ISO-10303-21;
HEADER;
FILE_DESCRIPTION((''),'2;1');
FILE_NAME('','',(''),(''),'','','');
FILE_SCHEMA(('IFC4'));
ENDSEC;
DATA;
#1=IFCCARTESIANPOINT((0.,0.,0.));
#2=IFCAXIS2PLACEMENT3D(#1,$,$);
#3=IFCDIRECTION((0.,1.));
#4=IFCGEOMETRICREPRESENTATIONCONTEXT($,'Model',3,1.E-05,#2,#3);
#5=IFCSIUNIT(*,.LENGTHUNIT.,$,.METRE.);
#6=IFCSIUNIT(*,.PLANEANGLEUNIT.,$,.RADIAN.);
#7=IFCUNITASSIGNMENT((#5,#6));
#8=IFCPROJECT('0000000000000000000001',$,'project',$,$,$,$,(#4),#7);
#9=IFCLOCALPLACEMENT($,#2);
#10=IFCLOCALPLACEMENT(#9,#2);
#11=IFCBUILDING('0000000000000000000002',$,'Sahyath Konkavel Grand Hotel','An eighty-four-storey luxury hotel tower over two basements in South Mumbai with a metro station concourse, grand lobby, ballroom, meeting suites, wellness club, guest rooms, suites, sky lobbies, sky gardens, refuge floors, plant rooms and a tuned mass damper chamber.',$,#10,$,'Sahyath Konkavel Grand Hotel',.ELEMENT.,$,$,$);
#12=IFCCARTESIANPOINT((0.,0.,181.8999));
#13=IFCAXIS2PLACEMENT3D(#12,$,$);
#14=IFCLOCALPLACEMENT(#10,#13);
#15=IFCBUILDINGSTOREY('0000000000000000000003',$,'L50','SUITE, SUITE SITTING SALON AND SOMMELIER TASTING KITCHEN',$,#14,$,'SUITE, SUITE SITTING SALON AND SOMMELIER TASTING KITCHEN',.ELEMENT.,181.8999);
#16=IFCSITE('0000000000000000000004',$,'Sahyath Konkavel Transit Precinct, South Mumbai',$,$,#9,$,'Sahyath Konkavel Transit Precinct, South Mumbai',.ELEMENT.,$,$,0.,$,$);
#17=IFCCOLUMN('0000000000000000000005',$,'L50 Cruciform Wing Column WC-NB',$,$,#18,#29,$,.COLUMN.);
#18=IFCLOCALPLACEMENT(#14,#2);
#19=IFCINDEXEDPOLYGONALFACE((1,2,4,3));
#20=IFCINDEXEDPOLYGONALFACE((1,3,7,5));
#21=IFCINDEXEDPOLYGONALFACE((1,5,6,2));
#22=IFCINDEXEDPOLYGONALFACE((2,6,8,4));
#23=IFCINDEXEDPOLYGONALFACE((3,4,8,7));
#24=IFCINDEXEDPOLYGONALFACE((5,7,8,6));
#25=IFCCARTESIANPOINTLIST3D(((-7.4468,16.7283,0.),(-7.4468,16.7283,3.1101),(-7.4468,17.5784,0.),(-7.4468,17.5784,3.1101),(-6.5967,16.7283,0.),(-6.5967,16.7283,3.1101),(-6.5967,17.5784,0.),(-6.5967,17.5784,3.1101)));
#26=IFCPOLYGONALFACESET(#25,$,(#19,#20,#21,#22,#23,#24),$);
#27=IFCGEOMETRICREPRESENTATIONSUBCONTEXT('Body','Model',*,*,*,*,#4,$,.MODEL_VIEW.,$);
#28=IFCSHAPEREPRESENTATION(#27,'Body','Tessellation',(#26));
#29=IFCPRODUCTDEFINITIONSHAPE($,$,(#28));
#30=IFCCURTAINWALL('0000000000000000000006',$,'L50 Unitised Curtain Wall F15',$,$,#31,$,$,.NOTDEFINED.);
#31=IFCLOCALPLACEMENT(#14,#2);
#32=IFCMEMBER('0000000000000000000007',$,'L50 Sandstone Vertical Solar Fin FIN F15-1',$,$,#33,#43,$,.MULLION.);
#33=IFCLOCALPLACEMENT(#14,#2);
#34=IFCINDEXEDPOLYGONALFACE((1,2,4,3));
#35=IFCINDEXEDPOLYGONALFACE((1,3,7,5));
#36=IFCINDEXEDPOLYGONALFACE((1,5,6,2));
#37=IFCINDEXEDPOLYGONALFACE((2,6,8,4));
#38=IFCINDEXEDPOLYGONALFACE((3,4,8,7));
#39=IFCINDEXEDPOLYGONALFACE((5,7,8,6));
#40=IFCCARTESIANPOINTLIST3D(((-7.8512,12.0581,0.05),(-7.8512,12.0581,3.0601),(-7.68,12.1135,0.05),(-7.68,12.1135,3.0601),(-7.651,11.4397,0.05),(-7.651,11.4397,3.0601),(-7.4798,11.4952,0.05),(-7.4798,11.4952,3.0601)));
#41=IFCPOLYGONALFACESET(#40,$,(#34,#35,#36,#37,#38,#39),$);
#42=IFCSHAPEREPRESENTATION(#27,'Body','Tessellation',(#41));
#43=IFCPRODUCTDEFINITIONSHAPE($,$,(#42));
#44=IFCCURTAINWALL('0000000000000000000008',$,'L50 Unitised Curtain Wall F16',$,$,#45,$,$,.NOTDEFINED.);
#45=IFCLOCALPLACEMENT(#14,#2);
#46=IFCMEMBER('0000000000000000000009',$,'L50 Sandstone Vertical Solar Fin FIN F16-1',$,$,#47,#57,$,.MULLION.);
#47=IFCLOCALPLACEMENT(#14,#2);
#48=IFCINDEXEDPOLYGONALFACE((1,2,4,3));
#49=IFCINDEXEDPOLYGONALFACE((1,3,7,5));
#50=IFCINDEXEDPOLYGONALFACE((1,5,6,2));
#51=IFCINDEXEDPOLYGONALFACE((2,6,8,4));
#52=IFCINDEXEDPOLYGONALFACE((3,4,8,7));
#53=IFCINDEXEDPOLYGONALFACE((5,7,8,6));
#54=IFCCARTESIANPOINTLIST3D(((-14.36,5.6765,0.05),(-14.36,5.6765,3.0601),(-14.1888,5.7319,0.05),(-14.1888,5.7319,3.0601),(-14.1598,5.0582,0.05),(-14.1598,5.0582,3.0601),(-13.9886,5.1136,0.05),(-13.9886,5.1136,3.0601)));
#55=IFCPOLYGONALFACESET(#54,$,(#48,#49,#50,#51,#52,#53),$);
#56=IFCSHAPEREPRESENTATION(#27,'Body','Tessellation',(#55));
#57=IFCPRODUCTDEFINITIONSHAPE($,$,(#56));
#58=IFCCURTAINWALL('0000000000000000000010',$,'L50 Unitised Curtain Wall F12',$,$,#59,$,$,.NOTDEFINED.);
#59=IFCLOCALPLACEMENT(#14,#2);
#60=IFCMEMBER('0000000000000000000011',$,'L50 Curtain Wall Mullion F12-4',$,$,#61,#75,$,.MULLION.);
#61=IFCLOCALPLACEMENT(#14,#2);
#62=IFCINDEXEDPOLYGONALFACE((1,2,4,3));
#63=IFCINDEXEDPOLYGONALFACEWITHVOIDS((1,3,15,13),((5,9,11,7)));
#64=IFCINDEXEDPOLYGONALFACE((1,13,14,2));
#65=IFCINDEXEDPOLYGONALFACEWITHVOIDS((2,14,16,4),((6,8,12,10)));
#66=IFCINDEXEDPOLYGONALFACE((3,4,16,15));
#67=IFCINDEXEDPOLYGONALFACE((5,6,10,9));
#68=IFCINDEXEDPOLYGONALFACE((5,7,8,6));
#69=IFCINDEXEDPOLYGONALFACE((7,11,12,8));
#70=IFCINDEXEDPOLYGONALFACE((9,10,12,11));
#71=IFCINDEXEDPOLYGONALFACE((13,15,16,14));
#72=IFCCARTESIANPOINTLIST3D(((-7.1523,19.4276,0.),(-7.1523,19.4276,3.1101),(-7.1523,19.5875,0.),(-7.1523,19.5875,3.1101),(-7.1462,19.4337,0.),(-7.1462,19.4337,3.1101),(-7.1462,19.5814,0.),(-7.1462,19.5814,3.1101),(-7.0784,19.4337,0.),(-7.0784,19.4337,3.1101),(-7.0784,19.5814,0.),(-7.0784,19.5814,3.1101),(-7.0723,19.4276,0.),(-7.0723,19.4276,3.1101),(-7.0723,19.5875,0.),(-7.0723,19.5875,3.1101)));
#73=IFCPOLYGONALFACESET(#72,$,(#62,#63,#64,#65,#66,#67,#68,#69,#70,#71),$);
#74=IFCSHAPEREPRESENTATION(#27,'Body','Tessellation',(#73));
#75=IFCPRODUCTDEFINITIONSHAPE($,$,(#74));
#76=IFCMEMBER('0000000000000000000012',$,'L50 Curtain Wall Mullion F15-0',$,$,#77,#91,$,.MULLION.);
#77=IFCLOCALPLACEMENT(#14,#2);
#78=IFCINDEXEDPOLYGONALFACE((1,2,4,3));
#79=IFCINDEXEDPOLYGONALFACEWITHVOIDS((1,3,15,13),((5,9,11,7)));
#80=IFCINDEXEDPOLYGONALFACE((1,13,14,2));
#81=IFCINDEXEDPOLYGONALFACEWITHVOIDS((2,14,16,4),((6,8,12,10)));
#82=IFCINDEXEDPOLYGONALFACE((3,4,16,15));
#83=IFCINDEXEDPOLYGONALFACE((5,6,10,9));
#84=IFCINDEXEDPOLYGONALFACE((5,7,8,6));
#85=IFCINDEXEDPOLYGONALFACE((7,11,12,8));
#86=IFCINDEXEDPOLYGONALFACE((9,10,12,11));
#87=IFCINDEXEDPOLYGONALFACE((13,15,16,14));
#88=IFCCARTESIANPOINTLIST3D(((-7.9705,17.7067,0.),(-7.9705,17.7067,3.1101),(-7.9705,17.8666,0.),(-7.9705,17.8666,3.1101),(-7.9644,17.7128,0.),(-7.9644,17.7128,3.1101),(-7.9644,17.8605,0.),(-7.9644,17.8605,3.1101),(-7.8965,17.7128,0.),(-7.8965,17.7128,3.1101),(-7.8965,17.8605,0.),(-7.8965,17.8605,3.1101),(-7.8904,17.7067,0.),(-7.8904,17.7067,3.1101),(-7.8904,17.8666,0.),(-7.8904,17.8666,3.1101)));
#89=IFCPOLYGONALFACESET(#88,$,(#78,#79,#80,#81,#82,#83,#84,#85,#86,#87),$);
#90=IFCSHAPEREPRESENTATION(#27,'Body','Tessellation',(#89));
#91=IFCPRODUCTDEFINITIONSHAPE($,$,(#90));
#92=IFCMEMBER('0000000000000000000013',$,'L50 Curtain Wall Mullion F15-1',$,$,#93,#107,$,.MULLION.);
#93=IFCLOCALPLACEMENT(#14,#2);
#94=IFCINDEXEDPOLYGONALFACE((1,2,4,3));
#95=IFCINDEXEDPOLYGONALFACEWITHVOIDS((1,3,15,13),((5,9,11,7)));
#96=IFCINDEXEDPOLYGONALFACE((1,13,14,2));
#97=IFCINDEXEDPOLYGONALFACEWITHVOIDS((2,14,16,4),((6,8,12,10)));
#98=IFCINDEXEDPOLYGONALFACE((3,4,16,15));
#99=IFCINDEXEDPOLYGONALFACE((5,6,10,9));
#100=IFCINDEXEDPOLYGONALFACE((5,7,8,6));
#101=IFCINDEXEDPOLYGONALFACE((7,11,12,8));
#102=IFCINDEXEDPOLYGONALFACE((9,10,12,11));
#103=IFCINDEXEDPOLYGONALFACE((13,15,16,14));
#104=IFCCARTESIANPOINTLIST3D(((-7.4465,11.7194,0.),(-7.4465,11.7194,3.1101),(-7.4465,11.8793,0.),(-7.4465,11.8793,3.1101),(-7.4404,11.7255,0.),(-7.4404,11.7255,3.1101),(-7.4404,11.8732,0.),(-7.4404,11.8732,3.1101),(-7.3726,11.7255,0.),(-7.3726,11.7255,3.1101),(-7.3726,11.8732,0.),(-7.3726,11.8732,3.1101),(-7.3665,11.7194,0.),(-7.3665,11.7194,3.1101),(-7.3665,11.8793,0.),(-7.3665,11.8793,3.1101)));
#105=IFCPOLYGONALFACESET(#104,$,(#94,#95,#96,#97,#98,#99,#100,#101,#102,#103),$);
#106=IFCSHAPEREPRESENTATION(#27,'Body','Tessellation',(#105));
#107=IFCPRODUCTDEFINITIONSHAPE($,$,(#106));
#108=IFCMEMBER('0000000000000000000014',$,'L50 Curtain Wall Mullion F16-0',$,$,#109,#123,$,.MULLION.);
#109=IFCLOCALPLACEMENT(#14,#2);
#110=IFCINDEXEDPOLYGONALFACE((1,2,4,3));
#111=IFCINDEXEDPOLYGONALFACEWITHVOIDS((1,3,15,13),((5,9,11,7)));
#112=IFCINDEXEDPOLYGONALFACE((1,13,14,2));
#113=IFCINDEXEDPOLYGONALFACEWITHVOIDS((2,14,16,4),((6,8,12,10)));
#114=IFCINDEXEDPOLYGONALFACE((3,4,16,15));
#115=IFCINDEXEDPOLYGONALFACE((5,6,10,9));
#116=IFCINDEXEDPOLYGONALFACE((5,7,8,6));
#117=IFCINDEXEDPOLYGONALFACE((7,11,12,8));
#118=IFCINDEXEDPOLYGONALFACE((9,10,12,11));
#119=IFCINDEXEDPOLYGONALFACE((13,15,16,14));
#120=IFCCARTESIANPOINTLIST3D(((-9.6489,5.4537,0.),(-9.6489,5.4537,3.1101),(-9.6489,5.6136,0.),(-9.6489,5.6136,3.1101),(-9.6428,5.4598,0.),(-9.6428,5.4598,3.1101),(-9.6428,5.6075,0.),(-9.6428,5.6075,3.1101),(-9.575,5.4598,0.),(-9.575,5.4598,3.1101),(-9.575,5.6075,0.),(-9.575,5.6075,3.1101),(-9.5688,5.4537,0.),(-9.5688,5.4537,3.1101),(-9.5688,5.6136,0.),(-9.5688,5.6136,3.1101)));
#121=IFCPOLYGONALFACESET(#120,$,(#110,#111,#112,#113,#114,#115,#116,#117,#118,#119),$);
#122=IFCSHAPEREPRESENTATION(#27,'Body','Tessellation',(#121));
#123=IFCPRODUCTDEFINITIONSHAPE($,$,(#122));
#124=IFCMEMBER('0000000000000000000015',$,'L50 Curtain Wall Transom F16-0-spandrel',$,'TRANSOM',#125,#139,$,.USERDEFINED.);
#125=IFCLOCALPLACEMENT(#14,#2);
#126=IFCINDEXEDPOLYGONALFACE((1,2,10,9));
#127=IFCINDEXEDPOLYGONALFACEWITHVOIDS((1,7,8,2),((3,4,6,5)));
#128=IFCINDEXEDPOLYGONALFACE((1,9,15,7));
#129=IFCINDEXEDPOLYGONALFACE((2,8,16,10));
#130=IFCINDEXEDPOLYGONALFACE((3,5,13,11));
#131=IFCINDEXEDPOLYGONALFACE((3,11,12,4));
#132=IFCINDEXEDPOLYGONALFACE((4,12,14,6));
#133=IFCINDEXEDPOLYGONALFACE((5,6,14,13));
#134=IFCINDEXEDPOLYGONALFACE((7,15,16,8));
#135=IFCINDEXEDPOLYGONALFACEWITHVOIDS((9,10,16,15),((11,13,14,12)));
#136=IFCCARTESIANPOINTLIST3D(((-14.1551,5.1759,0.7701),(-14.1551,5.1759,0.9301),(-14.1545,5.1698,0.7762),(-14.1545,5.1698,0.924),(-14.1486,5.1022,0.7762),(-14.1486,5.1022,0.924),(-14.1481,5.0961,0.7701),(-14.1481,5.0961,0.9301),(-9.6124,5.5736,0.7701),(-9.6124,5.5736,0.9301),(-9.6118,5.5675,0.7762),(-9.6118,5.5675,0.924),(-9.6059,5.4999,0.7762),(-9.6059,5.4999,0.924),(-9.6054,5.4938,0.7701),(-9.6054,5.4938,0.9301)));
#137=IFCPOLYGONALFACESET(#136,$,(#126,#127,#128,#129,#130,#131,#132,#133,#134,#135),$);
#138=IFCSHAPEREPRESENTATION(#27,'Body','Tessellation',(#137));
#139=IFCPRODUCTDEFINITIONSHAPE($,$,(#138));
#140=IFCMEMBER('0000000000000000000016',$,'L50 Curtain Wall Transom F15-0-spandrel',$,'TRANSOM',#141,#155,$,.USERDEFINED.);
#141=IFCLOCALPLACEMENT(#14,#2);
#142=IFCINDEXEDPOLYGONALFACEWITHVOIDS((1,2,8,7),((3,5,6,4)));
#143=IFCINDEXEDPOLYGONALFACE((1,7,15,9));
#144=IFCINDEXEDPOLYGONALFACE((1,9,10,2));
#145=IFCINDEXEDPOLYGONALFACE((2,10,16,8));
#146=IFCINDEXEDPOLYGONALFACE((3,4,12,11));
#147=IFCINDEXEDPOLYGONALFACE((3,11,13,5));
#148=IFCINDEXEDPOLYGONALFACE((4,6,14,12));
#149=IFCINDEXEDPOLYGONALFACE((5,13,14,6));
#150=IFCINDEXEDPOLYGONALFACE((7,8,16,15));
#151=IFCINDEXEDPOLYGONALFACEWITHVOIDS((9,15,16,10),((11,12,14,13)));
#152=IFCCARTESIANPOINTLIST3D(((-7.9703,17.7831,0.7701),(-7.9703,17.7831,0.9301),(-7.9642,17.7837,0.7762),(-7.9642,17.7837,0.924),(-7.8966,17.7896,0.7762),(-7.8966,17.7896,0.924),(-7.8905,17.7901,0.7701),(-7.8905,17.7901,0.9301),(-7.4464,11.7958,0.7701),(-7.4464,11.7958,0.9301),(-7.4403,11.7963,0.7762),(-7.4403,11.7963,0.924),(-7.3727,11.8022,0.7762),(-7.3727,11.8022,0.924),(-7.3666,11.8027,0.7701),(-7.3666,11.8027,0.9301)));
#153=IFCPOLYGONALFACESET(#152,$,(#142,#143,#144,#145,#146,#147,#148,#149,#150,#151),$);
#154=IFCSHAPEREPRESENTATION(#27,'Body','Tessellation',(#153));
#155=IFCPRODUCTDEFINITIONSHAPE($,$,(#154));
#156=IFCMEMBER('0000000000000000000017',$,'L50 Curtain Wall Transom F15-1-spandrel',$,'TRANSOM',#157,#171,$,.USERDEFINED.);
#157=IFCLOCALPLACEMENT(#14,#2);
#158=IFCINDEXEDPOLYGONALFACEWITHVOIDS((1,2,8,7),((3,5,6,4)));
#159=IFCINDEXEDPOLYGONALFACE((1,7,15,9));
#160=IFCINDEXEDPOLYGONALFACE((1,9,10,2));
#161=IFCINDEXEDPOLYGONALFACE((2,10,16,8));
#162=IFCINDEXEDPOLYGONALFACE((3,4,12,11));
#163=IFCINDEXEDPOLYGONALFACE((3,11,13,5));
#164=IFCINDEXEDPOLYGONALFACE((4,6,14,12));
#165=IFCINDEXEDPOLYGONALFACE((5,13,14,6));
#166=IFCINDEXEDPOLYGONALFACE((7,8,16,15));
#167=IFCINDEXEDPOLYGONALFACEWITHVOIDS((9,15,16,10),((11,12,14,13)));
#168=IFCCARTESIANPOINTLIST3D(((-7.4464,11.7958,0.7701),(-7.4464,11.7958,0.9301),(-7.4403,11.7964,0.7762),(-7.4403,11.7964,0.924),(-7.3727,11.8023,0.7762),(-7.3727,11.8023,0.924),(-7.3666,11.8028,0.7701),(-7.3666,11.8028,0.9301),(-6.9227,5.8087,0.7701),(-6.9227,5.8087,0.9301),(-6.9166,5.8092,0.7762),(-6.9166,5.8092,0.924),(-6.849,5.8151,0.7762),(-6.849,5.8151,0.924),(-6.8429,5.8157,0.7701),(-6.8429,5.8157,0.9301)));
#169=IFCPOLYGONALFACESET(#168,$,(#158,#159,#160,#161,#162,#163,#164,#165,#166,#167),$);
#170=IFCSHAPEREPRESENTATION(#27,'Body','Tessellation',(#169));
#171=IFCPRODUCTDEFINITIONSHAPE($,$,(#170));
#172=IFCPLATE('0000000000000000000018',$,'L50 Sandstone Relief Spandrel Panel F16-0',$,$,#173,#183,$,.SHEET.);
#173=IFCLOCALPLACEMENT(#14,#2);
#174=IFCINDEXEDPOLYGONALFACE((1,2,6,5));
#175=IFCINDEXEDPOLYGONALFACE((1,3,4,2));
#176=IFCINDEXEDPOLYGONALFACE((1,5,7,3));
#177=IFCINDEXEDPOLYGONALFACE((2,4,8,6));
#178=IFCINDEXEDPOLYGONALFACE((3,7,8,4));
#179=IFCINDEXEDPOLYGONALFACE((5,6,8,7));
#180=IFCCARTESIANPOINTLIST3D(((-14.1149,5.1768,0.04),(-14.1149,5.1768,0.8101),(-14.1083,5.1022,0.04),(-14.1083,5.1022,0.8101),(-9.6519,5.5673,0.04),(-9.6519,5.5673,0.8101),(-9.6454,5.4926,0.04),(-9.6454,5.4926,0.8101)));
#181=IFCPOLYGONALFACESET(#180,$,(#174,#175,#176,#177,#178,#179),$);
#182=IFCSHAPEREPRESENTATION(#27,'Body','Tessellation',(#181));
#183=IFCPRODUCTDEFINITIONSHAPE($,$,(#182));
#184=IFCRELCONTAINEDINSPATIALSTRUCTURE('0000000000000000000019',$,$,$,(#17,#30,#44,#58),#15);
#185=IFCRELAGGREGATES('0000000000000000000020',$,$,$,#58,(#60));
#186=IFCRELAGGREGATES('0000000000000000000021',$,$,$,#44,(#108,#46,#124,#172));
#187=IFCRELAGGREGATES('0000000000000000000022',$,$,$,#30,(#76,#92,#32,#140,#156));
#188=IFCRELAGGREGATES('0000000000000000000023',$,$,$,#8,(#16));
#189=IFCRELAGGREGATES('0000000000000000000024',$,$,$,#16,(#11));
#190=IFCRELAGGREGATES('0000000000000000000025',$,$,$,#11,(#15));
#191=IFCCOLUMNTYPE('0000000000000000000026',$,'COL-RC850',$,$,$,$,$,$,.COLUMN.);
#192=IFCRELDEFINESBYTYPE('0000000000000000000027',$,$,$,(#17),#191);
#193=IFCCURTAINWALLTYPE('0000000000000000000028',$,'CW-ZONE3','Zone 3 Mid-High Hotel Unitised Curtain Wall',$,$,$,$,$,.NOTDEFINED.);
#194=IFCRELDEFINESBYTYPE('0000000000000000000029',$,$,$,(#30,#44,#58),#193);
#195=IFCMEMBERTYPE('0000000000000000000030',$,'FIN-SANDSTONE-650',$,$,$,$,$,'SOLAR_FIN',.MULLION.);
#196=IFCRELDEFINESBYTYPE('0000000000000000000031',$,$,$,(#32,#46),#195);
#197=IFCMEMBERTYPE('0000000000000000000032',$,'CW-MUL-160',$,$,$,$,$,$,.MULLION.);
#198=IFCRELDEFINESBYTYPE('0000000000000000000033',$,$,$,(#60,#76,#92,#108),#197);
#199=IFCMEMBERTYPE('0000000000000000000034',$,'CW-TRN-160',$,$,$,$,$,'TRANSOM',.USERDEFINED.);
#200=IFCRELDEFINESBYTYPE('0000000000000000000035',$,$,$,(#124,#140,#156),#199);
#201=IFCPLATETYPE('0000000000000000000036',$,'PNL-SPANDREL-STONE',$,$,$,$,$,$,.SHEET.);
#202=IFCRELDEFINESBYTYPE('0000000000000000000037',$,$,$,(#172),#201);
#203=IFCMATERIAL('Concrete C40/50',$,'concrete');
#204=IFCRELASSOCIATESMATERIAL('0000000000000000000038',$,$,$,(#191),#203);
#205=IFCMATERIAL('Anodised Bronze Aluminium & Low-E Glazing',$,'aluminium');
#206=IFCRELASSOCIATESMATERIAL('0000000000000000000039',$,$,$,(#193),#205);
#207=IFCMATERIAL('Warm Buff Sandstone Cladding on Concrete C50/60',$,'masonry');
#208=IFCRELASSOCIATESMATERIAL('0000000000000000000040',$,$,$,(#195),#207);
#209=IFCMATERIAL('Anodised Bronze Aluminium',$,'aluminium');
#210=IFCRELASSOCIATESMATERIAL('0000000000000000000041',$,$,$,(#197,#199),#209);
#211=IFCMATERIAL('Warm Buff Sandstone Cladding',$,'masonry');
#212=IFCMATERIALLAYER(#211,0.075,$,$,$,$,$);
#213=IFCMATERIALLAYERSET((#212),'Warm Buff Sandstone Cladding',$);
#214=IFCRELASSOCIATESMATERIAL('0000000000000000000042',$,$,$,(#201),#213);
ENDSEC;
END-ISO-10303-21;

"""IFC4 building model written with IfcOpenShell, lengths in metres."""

from ifc_helpers import new_model, si_unit, direction, frame, origin, origin_2d, place, context, subcontext, project, spatial, rectangle, hollow_rectangle, extrude, source, transform, mapped, material, layer, layer_set, material_profile, profile_set, type_object, element, aggregate, save


model = new_model("IFC4")

# Units and contexts
model_context = context("Model", 3, precision=1e-05, world=origin(), true_north=direction((0.0, 1.0)))
body_context = subcontext(model_context, "Body", "Model", "MODEL_VIEW")
ifc_project = project(units=[si_unit("LENGTHUNIT", "METRE"), si_unit("PLANEANGLEUNIT", "RADIAN")], contexts=[model_context])

# Site, building, storey
site_placement = place(None, origin())
site = spatial("IfcSite", under=ifc_project, at=site_placement, Name="Sahyath Konkavel Transit Precinct, South Mumbai", LongName="Sahyath Konkavel Transit Precinct, South Mumbai", CompositionType="ELEMENT", RefElevation=0.0)
building_placement = place(site_placement, origin())
building = spatial("IfcBuilding", under=site, at=building_placement, Name="Sahyath Konkavel Grand Hotel", Description="An eighty-four-storey luxury hotel tower over two basements in South Mumbai with a metro station concourse, grand lobby, ballroom, meeting suites, wellness club, guest rooms, suites, sky lobbies, sky gardens, refuge floors, plant rooms and a tuned mass damper chamber.", LongName="Sahyath Konkavel Grand Hotel", CompositionType="ELEMENT")
storey_placement = place(building_placement, frame((0.0, 0.0, 181.8999)))
storey = spatial("IfcBuildingStorey", under=building, at=storey_placement, Name="L50", Description="SUITE, SUITE SITTING SALON AND SOMMELIER TASTING KITCHEN", LongName="SUITE, SUITE SITTING SALON AND SOMMELIER TASTING KITCHEN", CompositionType="ELEMENT", Elevation=181.8999)

# Column
ifc_material_1 = material(Name="Concrete C40/50", Category="concrete")
ifc_material_profile_1 = material_profile(ifc_material_1, rectangle(XDim=0.8501, YDim=0.8501, at=origin_2d()), Name="RC 850x850")
ifc_profile_set_1 = profile_set([ifc_material_profile_1], Name="Concrete C40/50")
column_type = type_object("IfcColumnType", Name="COL-RC850", PredefinedType="COLUMN", material=ifc_profile_set_1)
shared_shape_1 = source(origin(), body_context, "Body", "SweptSolid", [
    extrude(rectangle(XDim=0.8501, YDim=0.8501, at=origin_2d()), origin(), (0.0, 0.0, 1.0), 3.1101),
])
column_placement = place(storey_placement, frame((-7.0217, 17.1533, 0.0), z_axis=(0.0, 0.0, 1.0), x_axis=(1.0, 0.0, 0.0)))
element("IfcColumn", 1, at=column_placement, inside=storey, type_object=column_type, Name="L50 Cruciform Wing Column WC-NB", PredefinedType="COLUMN", context=body_context, shape_type="MappedRepresentation", body=[
    mapped(shared_shape_1, transform((0.0, 0.0, 0.0), scale=1.0)),
])

# Curtain walls, members
ifc_material_2 = material(Name="Anodised Bronze Aluminium & Low-E Glazing", Category="aluminium")
curtain_wall_type = type_object("IfcCurtainWallType", Name="CW-ZONE3", Description="Zone 3 Mid-High Hotel Unitised Curtain Wall", PredefinedType="NOTDEFINED", material=ifc_material_2)
curtain_wall_1_placement = place(storey_placement, origin())
curtain_wall_1 = element("IfcCurtainWall", 2, at=curtain_wall_1_placement, inside=storey, type_object=curtain_wall_type, Name="L50 Unitised Curtain Wall F15", PredefinedType="NOTDEFINED")
ifc_material_3 = material(Name="Warm Buff Sandstone Cladding on Concrete C50/60", Category="masonry")
ifc_material_profile_2 = material_profile(ifc_material_3, rectangle(XDim=0.1799, YDim=0.6499, at=origin_2d()), Name="FIN 180x650")
ifc_profile_set_2 = profile_set([ifc_material_profile_2], Name="Warm Buff Sandstone Cladding on Concrete C50/60")
member_type_1 = type_object("IfcMemberType", Name="FIN-SANDSTONE-650", ElementType="SOLAR_FIN", PredefinedType="MULLION", material=ifc_profile_set_2)
shared_shape_2 = source(origin(), body_context, "Body", "SweptSolid", [
    extrude(rectangle(XDim=0.1799, YDim=0.6499, at=origin_2d()), origin(), (0.0, 0.0, 1.0), 3.01),
])
member_1_placement = place(storey_placement, frame((-7.6655, 11.7766, 0.05), z_axis=(0.0, 0.0, 1.0), x_axis=(0.95138, 0.308021, 0.0)))
member_1 = element("IfcMember", 3, at=member_1_placement, type_object=member_type_1, Name="L50 Sandstone Vertical Solar Fin FIN F15-1", PredefinedType="MULLION", context=body_context, shape_type="MappedRepresentation", body=[
    mapped(shared_shape_2, transform((0.0, 0.0, 0.0), scale=1.0)),
])
curtain_wall_2_placement = place(storey_placement, origin())
curtain_wall_2 = element("IfcCurtainWall", 4, at=curtain_wall_2_placement, inside=storey, type_object=curtain_wall_type, Name="L50 Unitised Curtain Wall F16", PredefinedType="NOTDEFINED")
member_2_placement = place(storey_placement, frame((-14.1743, 5.395, 0.05), z_axis=(0.0, 0.0, 1.0), x_axis=(0.95138, 0.308021, 0.0)))
member_2 = element("IfcMember", 5, at=member_2_placement, type_object=member_type_1, Name="L50 Sandstone Vertical Solar Fin FIN F16-1", PredefinedType="MULLION", context=body_context, shape_type="MappedRepresentation", body=[
    mapped(shared_shape_2, transform((0.0, 0.0, 0.0), scale=1.0)),
])
curtain_wall_3_placement = place(storey_placement, origin())
curtain_wall_3 = element("IfcCurtainWall", 6, at=curtain_wall_3_placement, inside=storey, type_object=curtain_wall_type, Name="L50 Unitised Curtain Wall F12", PredefinedType="NOTDEFINED")
ifc_material_4 = material(Name="Anodised Bronze Aluminium", Category="aluminium")
ifc_material_profile_3 = material_profile(ifc_material_4, hollow_rectangle(XDim=0.0801, YDim=0.1599, WallThickness=0.0061, at=origin_2d()), Name="RHS 160x80x6")
ifc_profile_set_3 = profile_set([ifc_material_profile_3], Name="Anodised Bronze Aluminium")
member_type_2 = type_object("IfcMemberType", Name="CW-MUL-160", PredefinedType="MULLION", material=ifc_profile_set_3)
shared_shape_3 = source(origin(), body_context, "Body", "SweptSolid", [
    extrude(hollow_rectangle(XDim=0.0801, YDim=0.1599, WallThickness=0.0061, at=origin_2d()), origin(), (0.0, 0.0, 1.0), 3.1101),
])
member_3_placement = place(storey_placement, frame((-7.1123, 19.5076, 0.0), z_axis=(0.0, 0.0, 1.0), x_axis=(1.0, 0.0, 0.0)))
member_3 = element("IfcMember", 7, at=member_3_placement, type_object=member_type_2, Name="L50 Curtain Wall Mullion F12-4", PredefinedType="MULLION", context=body_context, shape_type="MappedRepresentation", body=[
    mapped(shared_shape_3, transform((0.0, 0.0, 0.0), scale=1.0)),
])
aggregate(curtain_wall_3, [member_3])

# Members
member_4_placement = place(storey_placement, frame((-7.9304, 17.7866, 0.0), z_axis=(0.0, 0.0, 1.0), x_axis=(1.0, 0.0, 0.0)))
member_4 = element("IfcMember", 8, at=member_4_placement, type_object=member_type_2, Name="L50 Curtain Wall Mullion F15-0", PredefinedType="MULLION", context=body_context, shape_type="MappedRepresentation", body=[
    mapped(shared_shape_3, transform((0.0, 0.0, 0.0), scale=1.0)),
])
member_5_placement = place(storey_placement, frame((-7.4065, 11.7993, 0.0), z_axis=(0.0, 0.0, 1.0), x_axis=(1.0, 0.0, 0.0)))
member_5 = element("IfcMember", 9, at=member_5_placement, type_object=member_type_2, Name="L50 Curtain Wall Mullion F15-1", PredefinedType="MULLION", context=body_context, shape_type="MappedRepresentation", body=[
    mapped(shared_shape_3, transform((0.0, 0.0, 0.0), scale=1.0)),
])
member_6_placement = place(storey_placement, frame((-9.6089, 5.5337, 0.0), z_axis=(0.0, 0.0, 1.0), x_axis=(1.0, 0.0, 0.0)))
member_6 = element("IfcMember", 10, at=member_6_placement, type_object=member_type_2, Name="L50 Curtain Wall Mullion F16-0", PredefinedType="MULLION", context=body_context, shape_type="MappedRepresentation", body=[
    mapped(shared_shape_3, transform((0.0, 0.0, 0.0), scale=1.0)),
])
ifc_material_profile_4 = material_profile(ifc_material_4, hollow_rectangle(XDim=0.0801, YDim=0.1599, WallThickness=0.0061, at=origin_2d()), Name="RHS 160x80x6")
ifc_profile_set_4 = profile_set([ifc_material_profile_4], Name="Anodised Bronze Aluminium")
member_type_3 = type_object("IfcMemberType", Name="CW-TRN-160", ElementType="TRANSOM", PredefinedType="USERDEFINED", material=ifc_profile_set_4)
shared_shape_4 = source(origin(), body_context, "Body", "SweptSolid", [
    extrude(hollow_rectangle(XDim=0.0801, YDim=0.1599, WallThickness=0.0061, at=origin_2d()), origin(), (0.0, 0.0, 1.0), 4.5601),
])
member_7_placement = place(storey_placement, frame((-9.6089, 5.5337, 0.8501), z_axis=(-0.99619, -0.087214, 0.0), x_axis=(0.087214, -0.99619, 0.0)))
member_7 = element("IfcMember", 11, at=member_7_placement, type_object=member_type_3, Name="L50 Curtain Wall Transom F16-0-spandrel", ObjectType="TRANSOM", PredefinedType="USERDEFINED", context=body_context, shape_type="MappedRepresentation", body=[
    mapped(shared_shape_4, transform((0.0, 0.0, 0.0), scale=1.0)),
])
shared_shape_5 = source(origin(), body_context, "Body", "SweptSolid", [
    extrude(hollow_rectangle(XDim=0.0801, YDim=0.1599, WallThickness=0.0061, at=origin_2d()), origin(), (0.0, 0.0, 1.0), 6.0103),
])
member_8_placement = place(storey_placement, frame((-7.9304, 17.7866, 0.8501), z_axis=(0.087173, -0.996193, 0.0), x_axis=(0.996193, 0.087173, 0.0)))
member_8 = element("IfcMember", 12, at=member_8_placement, type_object=member_type_3, Name="L50 Curtain Wall Transom F15-0-spandrel", ObjectType="TRANSOM", PredefinedType="USERDEFINED", context=body_context, shape_type="MappedRepresentation", body=[
    mapped(shared_shape_5, transform((0.0, 0.0, 0.0), scale=1.0)),
])
shared_shape_6 = source(origin(), body_context, "Body", "SweptSolid", [
    extrude(hollow_rectangle(XDim=0.0801, YDim=0.1599, WallThickness=0.0061, at=origin_2d()), origin(), (0.0, 0.0, 1.0), 6.01),
])
member_9_placement = place(storey_placement, frame((-7.4065, 11.7993, 0.8501), z_axis=(0.087136, -0.996196, 0.0), x_axis=(0.996196, 0.087136, 0.0)))
member_9 = element("IfcMember", 13, at=member_9_placement, type_object=member_type_3, Name="L50 Curtain Wall Transom F15-1-spandrel", ObjectType="TRANSOM", PredefinedType="USERDEFINED", context=body_context, shape_type="MappedRepresentation", body=[
    mapped(shared_shape_6, transform((0.0, 0.0, 0.0), scale=1.0)),
])

# Plate
ifc_material_5 = material(Name="Warm Buff Sandstone Cladding", Category="masonry")
ifc_layer_1 = layer(ifc_material_5, 0.075)
ifc_layer_set_1 = layer_set([ifc_layer_1], Name="Warm Buff Sandstone Cladding")
plate_type_1 = type_object("IfcPlateType", Name="PNL-SPANDREL-STONE", PredefinedType="SHEET", material=ifc_layer_set_1)
shared_shape_7 = source(origin(), body_context, "Body", "SweptSolid", [
    extrude(rectangle(XDim=4.48, YDim=0.075, at=origin_2d()), origin(), (0.0, 0.0, 1.0), 0.77),
])
plate_1_placement = place(storey_placement, frame((-11.8801, 5.3347, 0.04), z_axis=(0.0, 0.0, 1.0), x_axis=(-0.996195, -0.087156, 0.0)))
plate_1 = element("IfcPlate", 14, at=plate_1_placement, type_object=plate_type_1, Name="L50 Sandstone Relief Spandrel Panel F16-0", PredefinedType="SHEET", context=body_context, shape_type="MappedRepresentation", body=[
    mapped(shared_shape_7, transform((0.0, 0.0, 0.0), scale=1.0)),
])
aggregate(curtain_wall_2, [member_6, member_2, member_7, plate_1])
aggregate(curtain_wall_1, [member_4, member_5, member_1, member_8, member_9])

save(model, "model.ifc")
